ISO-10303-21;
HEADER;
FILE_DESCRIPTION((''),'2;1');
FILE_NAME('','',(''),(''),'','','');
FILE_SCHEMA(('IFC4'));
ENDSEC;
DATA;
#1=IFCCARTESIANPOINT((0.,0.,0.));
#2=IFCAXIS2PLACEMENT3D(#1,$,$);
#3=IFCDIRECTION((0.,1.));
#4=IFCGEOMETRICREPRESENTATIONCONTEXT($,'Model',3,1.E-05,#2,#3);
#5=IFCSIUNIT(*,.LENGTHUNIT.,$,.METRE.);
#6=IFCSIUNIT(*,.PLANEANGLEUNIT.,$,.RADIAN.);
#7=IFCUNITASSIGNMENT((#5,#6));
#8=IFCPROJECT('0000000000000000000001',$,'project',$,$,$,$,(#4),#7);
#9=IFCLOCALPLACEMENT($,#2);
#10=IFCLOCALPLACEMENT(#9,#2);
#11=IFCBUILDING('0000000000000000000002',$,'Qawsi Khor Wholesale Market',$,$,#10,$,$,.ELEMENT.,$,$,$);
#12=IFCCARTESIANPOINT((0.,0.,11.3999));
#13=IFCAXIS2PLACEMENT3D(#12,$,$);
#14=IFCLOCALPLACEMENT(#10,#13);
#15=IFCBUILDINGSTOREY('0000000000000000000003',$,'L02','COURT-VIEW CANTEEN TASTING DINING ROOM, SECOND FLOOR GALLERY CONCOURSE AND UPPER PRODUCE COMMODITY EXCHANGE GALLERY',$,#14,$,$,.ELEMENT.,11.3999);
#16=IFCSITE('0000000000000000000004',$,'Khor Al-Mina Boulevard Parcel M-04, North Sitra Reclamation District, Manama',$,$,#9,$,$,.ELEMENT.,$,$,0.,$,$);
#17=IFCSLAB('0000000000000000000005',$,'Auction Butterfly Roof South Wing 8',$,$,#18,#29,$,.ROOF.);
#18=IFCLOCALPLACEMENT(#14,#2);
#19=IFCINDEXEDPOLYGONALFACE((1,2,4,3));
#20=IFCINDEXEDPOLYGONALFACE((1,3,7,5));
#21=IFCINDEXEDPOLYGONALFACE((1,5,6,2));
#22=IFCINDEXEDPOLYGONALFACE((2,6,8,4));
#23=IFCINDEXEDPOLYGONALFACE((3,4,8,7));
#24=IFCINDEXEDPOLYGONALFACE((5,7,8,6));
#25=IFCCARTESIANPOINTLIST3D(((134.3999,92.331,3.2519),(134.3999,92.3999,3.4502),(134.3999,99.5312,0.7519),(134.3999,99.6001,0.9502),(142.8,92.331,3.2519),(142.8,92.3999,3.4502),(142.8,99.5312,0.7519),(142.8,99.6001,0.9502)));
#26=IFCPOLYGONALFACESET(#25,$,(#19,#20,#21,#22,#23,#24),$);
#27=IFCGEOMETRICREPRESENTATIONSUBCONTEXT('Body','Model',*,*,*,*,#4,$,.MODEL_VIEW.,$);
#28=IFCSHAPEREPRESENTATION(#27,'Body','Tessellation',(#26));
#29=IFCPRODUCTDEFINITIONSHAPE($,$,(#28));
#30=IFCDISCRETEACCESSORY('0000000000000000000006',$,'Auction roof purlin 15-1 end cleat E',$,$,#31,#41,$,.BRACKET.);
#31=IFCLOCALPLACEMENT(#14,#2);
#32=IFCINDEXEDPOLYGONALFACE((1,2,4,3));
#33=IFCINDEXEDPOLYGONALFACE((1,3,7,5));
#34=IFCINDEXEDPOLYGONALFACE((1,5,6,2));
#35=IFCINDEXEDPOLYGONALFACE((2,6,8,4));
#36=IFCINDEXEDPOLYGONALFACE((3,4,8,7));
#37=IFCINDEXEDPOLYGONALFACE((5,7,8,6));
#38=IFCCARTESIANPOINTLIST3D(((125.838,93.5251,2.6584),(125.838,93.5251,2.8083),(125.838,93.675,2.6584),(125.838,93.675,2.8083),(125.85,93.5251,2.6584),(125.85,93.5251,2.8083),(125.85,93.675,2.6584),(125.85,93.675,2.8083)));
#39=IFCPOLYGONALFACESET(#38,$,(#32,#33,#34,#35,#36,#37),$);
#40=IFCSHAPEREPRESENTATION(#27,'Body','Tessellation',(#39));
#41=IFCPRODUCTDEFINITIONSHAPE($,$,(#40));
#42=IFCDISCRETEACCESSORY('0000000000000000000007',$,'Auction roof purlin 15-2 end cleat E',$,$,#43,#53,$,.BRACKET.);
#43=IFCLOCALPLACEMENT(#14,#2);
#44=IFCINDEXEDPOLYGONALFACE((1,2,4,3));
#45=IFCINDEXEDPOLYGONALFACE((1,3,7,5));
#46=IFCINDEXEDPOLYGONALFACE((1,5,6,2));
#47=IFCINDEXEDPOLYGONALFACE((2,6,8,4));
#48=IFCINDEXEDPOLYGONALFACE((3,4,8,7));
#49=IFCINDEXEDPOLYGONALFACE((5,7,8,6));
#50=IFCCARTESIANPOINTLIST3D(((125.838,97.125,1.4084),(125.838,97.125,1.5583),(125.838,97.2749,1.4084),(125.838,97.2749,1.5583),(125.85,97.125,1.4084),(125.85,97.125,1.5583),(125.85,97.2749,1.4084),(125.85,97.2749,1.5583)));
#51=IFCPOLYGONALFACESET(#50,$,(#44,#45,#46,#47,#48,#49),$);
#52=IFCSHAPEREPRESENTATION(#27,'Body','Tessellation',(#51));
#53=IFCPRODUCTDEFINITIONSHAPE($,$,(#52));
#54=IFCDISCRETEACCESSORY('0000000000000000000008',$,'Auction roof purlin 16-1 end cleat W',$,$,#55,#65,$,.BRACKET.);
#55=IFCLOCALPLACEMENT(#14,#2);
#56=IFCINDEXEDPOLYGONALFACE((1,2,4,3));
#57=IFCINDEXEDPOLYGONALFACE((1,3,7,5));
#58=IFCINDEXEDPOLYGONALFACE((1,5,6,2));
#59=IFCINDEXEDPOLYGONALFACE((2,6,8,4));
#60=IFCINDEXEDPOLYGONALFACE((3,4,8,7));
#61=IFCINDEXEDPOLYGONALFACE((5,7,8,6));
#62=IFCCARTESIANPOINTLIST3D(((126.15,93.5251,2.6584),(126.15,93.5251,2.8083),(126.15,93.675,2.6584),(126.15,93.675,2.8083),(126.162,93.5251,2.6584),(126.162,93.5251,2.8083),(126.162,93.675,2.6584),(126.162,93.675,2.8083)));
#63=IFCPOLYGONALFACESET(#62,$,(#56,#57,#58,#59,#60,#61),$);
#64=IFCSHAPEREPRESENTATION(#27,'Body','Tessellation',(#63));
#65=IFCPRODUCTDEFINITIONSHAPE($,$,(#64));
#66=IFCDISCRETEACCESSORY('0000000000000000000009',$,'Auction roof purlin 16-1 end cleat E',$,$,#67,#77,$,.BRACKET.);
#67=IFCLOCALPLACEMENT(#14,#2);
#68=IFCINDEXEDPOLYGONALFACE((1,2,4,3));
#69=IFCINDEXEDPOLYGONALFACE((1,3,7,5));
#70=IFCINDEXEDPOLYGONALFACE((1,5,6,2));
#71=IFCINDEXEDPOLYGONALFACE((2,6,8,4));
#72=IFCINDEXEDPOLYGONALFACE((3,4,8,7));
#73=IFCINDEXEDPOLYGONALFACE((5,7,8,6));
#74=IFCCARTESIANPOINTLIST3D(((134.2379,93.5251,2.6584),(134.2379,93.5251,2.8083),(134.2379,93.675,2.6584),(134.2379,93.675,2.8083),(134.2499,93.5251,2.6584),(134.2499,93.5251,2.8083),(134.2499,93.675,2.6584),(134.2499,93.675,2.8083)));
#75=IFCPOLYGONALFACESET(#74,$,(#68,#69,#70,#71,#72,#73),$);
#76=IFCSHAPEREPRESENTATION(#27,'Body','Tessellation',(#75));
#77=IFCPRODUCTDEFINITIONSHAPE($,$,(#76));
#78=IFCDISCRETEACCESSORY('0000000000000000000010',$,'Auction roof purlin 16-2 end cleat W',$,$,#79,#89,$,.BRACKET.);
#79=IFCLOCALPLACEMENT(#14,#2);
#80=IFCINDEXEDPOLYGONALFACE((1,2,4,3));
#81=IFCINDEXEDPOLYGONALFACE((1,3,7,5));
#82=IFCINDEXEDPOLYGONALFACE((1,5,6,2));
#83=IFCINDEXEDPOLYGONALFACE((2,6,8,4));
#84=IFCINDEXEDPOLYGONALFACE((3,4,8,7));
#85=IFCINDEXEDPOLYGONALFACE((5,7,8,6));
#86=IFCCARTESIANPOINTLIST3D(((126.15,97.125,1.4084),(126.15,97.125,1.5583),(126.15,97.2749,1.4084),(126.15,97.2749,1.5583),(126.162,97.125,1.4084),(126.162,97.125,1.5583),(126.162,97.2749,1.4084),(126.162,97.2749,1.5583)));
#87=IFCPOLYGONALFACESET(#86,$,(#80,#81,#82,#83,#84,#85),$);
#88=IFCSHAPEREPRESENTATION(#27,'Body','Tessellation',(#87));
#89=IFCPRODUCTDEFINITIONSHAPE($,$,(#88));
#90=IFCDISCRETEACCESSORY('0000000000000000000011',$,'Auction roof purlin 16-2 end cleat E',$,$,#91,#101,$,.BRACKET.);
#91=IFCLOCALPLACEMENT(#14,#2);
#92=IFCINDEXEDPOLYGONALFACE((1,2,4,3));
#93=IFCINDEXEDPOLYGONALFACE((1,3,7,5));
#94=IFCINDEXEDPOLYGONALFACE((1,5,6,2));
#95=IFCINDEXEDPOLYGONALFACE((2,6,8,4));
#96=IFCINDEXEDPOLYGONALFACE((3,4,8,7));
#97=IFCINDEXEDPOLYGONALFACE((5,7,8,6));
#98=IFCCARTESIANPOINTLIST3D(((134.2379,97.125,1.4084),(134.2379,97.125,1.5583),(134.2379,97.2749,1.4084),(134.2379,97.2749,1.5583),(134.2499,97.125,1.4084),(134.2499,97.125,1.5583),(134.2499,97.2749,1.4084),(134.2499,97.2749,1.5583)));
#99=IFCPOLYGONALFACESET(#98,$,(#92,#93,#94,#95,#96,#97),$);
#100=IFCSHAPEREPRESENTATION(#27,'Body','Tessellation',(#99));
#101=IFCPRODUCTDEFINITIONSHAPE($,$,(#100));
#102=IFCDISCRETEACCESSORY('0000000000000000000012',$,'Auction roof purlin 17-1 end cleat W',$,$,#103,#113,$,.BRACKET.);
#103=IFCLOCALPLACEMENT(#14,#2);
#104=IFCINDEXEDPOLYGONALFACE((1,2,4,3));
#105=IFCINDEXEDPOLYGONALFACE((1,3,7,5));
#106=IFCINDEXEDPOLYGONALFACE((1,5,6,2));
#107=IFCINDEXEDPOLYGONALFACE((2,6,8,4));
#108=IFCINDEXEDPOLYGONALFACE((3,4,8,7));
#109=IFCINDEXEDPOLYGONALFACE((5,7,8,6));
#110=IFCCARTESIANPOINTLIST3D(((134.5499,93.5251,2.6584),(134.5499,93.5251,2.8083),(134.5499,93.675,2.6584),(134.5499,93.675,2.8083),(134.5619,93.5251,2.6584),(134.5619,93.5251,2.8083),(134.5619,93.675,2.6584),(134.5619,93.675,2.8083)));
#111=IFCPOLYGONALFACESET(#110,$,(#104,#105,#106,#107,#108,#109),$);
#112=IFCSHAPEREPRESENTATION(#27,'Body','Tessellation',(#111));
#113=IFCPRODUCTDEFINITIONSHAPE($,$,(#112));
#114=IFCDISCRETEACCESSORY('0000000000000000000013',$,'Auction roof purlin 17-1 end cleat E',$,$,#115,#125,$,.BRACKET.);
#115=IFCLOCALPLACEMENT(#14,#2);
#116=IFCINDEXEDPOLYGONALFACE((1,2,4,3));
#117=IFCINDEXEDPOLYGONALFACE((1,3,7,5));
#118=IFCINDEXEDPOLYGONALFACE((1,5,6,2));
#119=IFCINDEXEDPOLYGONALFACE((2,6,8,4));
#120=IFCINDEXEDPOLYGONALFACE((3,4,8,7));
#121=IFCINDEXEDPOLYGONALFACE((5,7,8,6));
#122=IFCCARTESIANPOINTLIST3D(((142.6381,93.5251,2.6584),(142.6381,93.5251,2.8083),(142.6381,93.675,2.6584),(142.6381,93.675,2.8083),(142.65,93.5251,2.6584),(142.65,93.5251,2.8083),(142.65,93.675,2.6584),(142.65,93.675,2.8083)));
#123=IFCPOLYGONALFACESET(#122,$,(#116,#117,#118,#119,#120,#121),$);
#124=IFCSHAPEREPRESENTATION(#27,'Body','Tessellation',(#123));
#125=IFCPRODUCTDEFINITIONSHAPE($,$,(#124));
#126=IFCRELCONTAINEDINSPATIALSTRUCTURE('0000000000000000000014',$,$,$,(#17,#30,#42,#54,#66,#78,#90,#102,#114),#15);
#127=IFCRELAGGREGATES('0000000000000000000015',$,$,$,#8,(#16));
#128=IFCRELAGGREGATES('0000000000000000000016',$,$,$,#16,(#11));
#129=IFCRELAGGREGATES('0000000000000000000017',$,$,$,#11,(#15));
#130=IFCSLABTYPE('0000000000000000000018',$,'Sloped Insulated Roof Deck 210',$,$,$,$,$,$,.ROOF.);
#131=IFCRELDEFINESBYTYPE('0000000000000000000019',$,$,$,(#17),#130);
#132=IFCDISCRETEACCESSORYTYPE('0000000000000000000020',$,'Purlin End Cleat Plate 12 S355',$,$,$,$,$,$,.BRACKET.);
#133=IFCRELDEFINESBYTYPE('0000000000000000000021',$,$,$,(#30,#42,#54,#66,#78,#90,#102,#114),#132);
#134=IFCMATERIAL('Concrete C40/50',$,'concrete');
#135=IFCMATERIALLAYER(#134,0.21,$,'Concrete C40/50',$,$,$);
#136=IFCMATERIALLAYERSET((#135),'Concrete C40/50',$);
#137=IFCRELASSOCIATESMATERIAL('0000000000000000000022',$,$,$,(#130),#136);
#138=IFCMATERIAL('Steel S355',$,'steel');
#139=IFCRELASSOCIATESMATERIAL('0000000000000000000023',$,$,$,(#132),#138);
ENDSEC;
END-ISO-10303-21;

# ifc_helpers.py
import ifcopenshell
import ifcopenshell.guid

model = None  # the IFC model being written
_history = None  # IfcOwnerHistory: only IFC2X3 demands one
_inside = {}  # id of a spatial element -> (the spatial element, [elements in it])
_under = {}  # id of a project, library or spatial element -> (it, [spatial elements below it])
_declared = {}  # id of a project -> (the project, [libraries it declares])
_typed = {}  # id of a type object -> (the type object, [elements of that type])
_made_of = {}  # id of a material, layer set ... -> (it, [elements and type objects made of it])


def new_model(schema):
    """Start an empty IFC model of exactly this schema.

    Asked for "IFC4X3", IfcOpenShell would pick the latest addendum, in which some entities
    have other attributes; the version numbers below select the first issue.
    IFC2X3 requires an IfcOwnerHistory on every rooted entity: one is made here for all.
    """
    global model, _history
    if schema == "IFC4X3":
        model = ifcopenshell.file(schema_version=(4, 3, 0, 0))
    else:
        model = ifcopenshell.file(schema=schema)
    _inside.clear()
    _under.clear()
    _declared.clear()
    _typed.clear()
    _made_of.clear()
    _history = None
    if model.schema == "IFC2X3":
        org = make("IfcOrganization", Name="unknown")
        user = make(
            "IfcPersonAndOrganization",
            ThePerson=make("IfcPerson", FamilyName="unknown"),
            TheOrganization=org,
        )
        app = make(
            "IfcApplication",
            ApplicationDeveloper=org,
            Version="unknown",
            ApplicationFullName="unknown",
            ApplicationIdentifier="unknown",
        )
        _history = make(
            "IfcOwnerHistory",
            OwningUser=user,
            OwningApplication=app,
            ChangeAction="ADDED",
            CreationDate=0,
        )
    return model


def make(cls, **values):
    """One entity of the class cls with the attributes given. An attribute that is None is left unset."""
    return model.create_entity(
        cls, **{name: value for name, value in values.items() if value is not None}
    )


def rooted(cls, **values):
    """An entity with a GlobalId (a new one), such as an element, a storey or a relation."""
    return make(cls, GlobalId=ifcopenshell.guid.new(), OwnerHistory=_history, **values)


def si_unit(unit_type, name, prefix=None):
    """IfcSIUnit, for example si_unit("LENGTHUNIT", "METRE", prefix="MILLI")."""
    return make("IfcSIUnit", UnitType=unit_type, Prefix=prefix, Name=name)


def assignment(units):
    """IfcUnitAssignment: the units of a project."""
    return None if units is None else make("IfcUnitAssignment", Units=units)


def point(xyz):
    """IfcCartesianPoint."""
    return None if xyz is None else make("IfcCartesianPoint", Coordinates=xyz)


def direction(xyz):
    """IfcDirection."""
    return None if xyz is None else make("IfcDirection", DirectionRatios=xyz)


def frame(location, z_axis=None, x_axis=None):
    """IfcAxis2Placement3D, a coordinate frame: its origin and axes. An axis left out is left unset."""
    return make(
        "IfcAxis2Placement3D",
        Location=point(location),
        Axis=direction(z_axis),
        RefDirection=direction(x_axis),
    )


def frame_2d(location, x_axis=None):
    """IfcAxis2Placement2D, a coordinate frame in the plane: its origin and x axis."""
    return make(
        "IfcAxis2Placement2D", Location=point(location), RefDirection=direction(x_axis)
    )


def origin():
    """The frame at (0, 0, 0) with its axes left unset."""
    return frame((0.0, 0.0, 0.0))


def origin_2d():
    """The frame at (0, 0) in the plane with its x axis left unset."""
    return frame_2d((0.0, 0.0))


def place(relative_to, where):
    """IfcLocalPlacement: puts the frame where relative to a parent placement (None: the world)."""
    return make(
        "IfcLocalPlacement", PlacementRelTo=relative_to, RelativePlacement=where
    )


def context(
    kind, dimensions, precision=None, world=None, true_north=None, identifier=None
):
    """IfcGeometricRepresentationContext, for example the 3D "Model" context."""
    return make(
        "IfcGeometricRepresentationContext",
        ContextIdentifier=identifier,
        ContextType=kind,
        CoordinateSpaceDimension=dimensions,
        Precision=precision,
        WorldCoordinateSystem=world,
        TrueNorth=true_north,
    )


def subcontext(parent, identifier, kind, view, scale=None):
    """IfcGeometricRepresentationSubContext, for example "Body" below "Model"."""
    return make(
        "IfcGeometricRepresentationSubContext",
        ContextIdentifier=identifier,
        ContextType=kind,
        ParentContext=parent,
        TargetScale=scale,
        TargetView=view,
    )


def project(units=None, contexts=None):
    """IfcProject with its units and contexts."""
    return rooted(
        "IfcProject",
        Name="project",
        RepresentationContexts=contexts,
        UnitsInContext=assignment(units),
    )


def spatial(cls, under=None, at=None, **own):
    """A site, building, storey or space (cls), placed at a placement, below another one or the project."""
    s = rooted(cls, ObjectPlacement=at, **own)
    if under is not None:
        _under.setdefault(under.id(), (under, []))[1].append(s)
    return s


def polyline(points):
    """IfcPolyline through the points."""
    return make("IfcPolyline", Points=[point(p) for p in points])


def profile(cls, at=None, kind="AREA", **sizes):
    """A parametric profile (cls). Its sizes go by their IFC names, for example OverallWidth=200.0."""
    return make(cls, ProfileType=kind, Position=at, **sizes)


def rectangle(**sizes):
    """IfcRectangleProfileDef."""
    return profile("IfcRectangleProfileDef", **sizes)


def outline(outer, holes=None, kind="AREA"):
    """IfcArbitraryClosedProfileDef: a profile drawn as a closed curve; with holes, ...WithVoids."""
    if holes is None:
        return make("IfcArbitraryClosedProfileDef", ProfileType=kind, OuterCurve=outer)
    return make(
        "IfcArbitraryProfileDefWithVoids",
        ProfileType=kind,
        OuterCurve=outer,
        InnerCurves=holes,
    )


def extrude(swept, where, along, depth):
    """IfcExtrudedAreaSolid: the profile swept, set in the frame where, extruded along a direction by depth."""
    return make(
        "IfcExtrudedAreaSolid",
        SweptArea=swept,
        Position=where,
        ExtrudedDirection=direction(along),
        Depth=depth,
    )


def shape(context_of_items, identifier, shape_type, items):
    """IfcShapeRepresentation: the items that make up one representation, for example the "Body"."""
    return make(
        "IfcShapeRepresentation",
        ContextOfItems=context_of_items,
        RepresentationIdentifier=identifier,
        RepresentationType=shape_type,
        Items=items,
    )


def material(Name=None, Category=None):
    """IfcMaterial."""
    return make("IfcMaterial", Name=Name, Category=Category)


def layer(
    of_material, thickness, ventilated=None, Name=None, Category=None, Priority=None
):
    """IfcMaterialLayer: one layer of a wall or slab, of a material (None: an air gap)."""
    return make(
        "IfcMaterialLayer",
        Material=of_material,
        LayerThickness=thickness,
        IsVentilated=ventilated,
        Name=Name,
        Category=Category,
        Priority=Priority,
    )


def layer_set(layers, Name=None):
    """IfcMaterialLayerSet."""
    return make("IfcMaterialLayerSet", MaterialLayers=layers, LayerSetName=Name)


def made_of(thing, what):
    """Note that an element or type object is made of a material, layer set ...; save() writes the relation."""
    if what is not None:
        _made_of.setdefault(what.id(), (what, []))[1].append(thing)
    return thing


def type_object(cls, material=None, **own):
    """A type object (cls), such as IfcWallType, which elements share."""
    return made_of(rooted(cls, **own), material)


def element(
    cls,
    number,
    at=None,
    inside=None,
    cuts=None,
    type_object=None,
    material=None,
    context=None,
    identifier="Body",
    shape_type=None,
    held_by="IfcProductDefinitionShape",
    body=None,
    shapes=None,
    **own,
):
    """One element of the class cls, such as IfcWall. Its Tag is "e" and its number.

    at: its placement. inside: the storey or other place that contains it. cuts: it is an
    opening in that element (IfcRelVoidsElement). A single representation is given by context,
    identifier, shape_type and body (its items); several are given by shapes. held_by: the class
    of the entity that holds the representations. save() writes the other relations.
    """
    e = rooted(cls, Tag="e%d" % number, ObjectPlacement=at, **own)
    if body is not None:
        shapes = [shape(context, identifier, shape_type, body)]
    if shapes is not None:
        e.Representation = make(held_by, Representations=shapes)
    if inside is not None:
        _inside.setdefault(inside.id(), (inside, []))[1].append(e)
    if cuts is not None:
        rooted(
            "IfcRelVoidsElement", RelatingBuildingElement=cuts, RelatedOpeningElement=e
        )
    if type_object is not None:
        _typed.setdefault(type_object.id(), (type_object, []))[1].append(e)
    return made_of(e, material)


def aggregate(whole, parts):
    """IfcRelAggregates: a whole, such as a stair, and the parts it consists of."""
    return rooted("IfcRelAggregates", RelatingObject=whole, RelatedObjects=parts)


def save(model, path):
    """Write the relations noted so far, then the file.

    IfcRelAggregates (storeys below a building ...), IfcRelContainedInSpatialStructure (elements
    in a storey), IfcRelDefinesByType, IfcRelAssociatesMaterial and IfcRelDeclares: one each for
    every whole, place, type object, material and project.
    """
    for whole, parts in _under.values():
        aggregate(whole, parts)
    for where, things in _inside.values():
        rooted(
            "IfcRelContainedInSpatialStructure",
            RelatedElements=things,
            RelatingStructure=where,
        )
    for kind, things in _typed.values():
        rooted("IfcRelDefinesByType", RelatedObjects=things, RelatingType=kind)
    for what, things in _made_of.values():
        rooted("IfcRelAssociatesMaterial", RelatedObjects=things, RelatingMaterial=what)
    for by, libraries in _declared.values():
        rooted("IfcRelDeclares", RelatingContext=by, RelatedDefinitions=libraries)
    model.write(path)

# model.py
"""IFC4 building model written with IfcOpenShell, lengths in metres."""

from ifc_helpers import new_model, si_unit, direction, frame, origin, origin_2d, place, context, subcontext, project, spatial, polyline, rectangle, outline, extrude, material, layer, layer_set, type_object, element, save


model = new_model("IFC4")

# Units and contexts
model_context = context("Model", 3, precision=1e-05, world=origin(), true_north=direction((0.0, 1.0)))
body_context = subcontext(model_context, "Body", "Model", "MODEL_VIEW")
ifc_project = project(units=[si_unit("LENGTHUNIT", "METRE"), si_unit("PLANEANGLEUNIT", "RADIAN")], contexts=[model_context])

# Site, building, storey
site_placement = place(None, origin())
site = spatial("IfcSite", under=ifc_project, at=site_placement, Name="Khor Al-Mina Boulevard Parcel M-04, North Sitra Reclamation District, Manama", CompositionType="ELEMENT", RefElevation=0.0)
building_placement = place(site_placement, origin())
building = spatial("IfcBuilding", under=site, at=building_placement, Name="Qawsi Khor Wholesale Market", CompositionType="ELEMENT")
storey_placement = place(building_placement, frame((0.0, 0.0, 11.3999)))
storey = spatial("IfcBuildingStorey", under=building, at=storey_placement, Name="L02", Description="COURT-VIEW CANTEEN TASTING DINING ROOM, SECOND FLOOR GALLERY CONCOURSE AND UPPER PRODUCE COMMODITY EXCHANGE GALLERY", CompositionType="ELEMENT", Elevation=11.3999)

# Shared definitions
ifc_material_1 = material(Name="Concrete C40/50", Category="concrete")

# Shared definitions
ifc_material_2 = material(Name="Steel S355", Category="steel")

# Slab
ifc_layer = layer(ifc_material_1, 0.21, Name="Concrete C40/50")
ifc_layer_set = layer_set([ifc_layer], Name="Concrete C40/50")
slab_type = type_object("IfcSlabType", Name="Sloped Insulated Roof Deck 210", PredefinedType="ROOF", material=ifc_layer_set)
slab_1_placement = place(storey_placement, frame((134.3999, 92.3999, 3.4502), z_axis=(0.0, 0.328004, 0.944676), x_axis=(1.0, 0.0, 0.0)))
element("IfcSlab", 1, at=slab_1_placement, inside=storey, type_object=slab_type, Name="Auction Butterfly Roof South Wing 8", PredefinedType="ROOF", context=body_context, shape_type="SweptSolid", body=[
    extrude(outline(polyline([(0.0, 0.0), (8.4001, 0.0), (8.4001, 7.6219), (0.0, 7.6219), (0.0, 0.0)])), origin(), (0.0, 0.0, -1.0), 0.21),
])

# Discrete accessories
discrete_accessory_type = type_object("IfcDiscreteAccessoryType", Name="Purlin End Cleat Plate 12 S355", PredefinedType="BRACKET", material=ifc_material_2)
for number, where, z_axis, x_axis, name in (
    (2, (125.844, 93.6001, 2.6584), (0.0, 0.0, 1.0), (1.0, 0.0, 0.0), "Auction roof purlin 15-1 end cleat E"),
    (3, (125.844, 97.2, 1.4084), (0.0, 0.0, 1.0), (1.0, 0.0, 0.0), "Auction roof purlin 15-2 end cleat E"),
    (4, (126.156, 93.6001, 2.6584), (0.0, 0.0, 1.0), (1.0, 0.0, 0.0), "Auction roof purlin 16-1 end cleat W"),
    (5, (134.2439, 93.6001, 2.6584), (0.0, 0.0, 1.0), (1.0, 0.0, 0.0), "Auction roof purlin 16-1 end cleat E"),
    (6, (126.156, 97.2, 1.4084), (0.0, 0.0, 1.0), (1.0, 0.0, 0.0), "Auction roof purlin 16-2 end cleat W"),
    (7, (134.2439, 97.2, 1.4084), (0.0, 0.0, 1.0), (1.0, 0.0, 0.0), "Auction roof purlin 16-2 end cleat E"),
    (8, (134.5559, 93.6001, 2.6584), (0.0, 0.0, 1.0), (1.0, 0.0, 0.0), "Auction roof purlin 17-1 end cleat W"),
    (9, (142.644, 93.6001, 2.6584), (0.0, 0.0, 1.0), (1.0, 0.0, 0.0), "Auction roof purlin 17-1 end cleat E"),
):
    element("IfcDiscreteAccessory", number, at=place(storey_placement, frame(where, z_axis=z_axis, x_axis=x_axis)), inside=storey, type_object=discrete_accessory_type, Name=name, PredefinedType="BRACKET", context=body_context, shape_type="SweptSolid", body=[
        extrude(rectangle(XDim=0.012, YDim=0.1499, at=origin_2d()), origin(), (0.0, 0.0, 1.0), 0.1499),
    ])

save(model, "model.ifc")
